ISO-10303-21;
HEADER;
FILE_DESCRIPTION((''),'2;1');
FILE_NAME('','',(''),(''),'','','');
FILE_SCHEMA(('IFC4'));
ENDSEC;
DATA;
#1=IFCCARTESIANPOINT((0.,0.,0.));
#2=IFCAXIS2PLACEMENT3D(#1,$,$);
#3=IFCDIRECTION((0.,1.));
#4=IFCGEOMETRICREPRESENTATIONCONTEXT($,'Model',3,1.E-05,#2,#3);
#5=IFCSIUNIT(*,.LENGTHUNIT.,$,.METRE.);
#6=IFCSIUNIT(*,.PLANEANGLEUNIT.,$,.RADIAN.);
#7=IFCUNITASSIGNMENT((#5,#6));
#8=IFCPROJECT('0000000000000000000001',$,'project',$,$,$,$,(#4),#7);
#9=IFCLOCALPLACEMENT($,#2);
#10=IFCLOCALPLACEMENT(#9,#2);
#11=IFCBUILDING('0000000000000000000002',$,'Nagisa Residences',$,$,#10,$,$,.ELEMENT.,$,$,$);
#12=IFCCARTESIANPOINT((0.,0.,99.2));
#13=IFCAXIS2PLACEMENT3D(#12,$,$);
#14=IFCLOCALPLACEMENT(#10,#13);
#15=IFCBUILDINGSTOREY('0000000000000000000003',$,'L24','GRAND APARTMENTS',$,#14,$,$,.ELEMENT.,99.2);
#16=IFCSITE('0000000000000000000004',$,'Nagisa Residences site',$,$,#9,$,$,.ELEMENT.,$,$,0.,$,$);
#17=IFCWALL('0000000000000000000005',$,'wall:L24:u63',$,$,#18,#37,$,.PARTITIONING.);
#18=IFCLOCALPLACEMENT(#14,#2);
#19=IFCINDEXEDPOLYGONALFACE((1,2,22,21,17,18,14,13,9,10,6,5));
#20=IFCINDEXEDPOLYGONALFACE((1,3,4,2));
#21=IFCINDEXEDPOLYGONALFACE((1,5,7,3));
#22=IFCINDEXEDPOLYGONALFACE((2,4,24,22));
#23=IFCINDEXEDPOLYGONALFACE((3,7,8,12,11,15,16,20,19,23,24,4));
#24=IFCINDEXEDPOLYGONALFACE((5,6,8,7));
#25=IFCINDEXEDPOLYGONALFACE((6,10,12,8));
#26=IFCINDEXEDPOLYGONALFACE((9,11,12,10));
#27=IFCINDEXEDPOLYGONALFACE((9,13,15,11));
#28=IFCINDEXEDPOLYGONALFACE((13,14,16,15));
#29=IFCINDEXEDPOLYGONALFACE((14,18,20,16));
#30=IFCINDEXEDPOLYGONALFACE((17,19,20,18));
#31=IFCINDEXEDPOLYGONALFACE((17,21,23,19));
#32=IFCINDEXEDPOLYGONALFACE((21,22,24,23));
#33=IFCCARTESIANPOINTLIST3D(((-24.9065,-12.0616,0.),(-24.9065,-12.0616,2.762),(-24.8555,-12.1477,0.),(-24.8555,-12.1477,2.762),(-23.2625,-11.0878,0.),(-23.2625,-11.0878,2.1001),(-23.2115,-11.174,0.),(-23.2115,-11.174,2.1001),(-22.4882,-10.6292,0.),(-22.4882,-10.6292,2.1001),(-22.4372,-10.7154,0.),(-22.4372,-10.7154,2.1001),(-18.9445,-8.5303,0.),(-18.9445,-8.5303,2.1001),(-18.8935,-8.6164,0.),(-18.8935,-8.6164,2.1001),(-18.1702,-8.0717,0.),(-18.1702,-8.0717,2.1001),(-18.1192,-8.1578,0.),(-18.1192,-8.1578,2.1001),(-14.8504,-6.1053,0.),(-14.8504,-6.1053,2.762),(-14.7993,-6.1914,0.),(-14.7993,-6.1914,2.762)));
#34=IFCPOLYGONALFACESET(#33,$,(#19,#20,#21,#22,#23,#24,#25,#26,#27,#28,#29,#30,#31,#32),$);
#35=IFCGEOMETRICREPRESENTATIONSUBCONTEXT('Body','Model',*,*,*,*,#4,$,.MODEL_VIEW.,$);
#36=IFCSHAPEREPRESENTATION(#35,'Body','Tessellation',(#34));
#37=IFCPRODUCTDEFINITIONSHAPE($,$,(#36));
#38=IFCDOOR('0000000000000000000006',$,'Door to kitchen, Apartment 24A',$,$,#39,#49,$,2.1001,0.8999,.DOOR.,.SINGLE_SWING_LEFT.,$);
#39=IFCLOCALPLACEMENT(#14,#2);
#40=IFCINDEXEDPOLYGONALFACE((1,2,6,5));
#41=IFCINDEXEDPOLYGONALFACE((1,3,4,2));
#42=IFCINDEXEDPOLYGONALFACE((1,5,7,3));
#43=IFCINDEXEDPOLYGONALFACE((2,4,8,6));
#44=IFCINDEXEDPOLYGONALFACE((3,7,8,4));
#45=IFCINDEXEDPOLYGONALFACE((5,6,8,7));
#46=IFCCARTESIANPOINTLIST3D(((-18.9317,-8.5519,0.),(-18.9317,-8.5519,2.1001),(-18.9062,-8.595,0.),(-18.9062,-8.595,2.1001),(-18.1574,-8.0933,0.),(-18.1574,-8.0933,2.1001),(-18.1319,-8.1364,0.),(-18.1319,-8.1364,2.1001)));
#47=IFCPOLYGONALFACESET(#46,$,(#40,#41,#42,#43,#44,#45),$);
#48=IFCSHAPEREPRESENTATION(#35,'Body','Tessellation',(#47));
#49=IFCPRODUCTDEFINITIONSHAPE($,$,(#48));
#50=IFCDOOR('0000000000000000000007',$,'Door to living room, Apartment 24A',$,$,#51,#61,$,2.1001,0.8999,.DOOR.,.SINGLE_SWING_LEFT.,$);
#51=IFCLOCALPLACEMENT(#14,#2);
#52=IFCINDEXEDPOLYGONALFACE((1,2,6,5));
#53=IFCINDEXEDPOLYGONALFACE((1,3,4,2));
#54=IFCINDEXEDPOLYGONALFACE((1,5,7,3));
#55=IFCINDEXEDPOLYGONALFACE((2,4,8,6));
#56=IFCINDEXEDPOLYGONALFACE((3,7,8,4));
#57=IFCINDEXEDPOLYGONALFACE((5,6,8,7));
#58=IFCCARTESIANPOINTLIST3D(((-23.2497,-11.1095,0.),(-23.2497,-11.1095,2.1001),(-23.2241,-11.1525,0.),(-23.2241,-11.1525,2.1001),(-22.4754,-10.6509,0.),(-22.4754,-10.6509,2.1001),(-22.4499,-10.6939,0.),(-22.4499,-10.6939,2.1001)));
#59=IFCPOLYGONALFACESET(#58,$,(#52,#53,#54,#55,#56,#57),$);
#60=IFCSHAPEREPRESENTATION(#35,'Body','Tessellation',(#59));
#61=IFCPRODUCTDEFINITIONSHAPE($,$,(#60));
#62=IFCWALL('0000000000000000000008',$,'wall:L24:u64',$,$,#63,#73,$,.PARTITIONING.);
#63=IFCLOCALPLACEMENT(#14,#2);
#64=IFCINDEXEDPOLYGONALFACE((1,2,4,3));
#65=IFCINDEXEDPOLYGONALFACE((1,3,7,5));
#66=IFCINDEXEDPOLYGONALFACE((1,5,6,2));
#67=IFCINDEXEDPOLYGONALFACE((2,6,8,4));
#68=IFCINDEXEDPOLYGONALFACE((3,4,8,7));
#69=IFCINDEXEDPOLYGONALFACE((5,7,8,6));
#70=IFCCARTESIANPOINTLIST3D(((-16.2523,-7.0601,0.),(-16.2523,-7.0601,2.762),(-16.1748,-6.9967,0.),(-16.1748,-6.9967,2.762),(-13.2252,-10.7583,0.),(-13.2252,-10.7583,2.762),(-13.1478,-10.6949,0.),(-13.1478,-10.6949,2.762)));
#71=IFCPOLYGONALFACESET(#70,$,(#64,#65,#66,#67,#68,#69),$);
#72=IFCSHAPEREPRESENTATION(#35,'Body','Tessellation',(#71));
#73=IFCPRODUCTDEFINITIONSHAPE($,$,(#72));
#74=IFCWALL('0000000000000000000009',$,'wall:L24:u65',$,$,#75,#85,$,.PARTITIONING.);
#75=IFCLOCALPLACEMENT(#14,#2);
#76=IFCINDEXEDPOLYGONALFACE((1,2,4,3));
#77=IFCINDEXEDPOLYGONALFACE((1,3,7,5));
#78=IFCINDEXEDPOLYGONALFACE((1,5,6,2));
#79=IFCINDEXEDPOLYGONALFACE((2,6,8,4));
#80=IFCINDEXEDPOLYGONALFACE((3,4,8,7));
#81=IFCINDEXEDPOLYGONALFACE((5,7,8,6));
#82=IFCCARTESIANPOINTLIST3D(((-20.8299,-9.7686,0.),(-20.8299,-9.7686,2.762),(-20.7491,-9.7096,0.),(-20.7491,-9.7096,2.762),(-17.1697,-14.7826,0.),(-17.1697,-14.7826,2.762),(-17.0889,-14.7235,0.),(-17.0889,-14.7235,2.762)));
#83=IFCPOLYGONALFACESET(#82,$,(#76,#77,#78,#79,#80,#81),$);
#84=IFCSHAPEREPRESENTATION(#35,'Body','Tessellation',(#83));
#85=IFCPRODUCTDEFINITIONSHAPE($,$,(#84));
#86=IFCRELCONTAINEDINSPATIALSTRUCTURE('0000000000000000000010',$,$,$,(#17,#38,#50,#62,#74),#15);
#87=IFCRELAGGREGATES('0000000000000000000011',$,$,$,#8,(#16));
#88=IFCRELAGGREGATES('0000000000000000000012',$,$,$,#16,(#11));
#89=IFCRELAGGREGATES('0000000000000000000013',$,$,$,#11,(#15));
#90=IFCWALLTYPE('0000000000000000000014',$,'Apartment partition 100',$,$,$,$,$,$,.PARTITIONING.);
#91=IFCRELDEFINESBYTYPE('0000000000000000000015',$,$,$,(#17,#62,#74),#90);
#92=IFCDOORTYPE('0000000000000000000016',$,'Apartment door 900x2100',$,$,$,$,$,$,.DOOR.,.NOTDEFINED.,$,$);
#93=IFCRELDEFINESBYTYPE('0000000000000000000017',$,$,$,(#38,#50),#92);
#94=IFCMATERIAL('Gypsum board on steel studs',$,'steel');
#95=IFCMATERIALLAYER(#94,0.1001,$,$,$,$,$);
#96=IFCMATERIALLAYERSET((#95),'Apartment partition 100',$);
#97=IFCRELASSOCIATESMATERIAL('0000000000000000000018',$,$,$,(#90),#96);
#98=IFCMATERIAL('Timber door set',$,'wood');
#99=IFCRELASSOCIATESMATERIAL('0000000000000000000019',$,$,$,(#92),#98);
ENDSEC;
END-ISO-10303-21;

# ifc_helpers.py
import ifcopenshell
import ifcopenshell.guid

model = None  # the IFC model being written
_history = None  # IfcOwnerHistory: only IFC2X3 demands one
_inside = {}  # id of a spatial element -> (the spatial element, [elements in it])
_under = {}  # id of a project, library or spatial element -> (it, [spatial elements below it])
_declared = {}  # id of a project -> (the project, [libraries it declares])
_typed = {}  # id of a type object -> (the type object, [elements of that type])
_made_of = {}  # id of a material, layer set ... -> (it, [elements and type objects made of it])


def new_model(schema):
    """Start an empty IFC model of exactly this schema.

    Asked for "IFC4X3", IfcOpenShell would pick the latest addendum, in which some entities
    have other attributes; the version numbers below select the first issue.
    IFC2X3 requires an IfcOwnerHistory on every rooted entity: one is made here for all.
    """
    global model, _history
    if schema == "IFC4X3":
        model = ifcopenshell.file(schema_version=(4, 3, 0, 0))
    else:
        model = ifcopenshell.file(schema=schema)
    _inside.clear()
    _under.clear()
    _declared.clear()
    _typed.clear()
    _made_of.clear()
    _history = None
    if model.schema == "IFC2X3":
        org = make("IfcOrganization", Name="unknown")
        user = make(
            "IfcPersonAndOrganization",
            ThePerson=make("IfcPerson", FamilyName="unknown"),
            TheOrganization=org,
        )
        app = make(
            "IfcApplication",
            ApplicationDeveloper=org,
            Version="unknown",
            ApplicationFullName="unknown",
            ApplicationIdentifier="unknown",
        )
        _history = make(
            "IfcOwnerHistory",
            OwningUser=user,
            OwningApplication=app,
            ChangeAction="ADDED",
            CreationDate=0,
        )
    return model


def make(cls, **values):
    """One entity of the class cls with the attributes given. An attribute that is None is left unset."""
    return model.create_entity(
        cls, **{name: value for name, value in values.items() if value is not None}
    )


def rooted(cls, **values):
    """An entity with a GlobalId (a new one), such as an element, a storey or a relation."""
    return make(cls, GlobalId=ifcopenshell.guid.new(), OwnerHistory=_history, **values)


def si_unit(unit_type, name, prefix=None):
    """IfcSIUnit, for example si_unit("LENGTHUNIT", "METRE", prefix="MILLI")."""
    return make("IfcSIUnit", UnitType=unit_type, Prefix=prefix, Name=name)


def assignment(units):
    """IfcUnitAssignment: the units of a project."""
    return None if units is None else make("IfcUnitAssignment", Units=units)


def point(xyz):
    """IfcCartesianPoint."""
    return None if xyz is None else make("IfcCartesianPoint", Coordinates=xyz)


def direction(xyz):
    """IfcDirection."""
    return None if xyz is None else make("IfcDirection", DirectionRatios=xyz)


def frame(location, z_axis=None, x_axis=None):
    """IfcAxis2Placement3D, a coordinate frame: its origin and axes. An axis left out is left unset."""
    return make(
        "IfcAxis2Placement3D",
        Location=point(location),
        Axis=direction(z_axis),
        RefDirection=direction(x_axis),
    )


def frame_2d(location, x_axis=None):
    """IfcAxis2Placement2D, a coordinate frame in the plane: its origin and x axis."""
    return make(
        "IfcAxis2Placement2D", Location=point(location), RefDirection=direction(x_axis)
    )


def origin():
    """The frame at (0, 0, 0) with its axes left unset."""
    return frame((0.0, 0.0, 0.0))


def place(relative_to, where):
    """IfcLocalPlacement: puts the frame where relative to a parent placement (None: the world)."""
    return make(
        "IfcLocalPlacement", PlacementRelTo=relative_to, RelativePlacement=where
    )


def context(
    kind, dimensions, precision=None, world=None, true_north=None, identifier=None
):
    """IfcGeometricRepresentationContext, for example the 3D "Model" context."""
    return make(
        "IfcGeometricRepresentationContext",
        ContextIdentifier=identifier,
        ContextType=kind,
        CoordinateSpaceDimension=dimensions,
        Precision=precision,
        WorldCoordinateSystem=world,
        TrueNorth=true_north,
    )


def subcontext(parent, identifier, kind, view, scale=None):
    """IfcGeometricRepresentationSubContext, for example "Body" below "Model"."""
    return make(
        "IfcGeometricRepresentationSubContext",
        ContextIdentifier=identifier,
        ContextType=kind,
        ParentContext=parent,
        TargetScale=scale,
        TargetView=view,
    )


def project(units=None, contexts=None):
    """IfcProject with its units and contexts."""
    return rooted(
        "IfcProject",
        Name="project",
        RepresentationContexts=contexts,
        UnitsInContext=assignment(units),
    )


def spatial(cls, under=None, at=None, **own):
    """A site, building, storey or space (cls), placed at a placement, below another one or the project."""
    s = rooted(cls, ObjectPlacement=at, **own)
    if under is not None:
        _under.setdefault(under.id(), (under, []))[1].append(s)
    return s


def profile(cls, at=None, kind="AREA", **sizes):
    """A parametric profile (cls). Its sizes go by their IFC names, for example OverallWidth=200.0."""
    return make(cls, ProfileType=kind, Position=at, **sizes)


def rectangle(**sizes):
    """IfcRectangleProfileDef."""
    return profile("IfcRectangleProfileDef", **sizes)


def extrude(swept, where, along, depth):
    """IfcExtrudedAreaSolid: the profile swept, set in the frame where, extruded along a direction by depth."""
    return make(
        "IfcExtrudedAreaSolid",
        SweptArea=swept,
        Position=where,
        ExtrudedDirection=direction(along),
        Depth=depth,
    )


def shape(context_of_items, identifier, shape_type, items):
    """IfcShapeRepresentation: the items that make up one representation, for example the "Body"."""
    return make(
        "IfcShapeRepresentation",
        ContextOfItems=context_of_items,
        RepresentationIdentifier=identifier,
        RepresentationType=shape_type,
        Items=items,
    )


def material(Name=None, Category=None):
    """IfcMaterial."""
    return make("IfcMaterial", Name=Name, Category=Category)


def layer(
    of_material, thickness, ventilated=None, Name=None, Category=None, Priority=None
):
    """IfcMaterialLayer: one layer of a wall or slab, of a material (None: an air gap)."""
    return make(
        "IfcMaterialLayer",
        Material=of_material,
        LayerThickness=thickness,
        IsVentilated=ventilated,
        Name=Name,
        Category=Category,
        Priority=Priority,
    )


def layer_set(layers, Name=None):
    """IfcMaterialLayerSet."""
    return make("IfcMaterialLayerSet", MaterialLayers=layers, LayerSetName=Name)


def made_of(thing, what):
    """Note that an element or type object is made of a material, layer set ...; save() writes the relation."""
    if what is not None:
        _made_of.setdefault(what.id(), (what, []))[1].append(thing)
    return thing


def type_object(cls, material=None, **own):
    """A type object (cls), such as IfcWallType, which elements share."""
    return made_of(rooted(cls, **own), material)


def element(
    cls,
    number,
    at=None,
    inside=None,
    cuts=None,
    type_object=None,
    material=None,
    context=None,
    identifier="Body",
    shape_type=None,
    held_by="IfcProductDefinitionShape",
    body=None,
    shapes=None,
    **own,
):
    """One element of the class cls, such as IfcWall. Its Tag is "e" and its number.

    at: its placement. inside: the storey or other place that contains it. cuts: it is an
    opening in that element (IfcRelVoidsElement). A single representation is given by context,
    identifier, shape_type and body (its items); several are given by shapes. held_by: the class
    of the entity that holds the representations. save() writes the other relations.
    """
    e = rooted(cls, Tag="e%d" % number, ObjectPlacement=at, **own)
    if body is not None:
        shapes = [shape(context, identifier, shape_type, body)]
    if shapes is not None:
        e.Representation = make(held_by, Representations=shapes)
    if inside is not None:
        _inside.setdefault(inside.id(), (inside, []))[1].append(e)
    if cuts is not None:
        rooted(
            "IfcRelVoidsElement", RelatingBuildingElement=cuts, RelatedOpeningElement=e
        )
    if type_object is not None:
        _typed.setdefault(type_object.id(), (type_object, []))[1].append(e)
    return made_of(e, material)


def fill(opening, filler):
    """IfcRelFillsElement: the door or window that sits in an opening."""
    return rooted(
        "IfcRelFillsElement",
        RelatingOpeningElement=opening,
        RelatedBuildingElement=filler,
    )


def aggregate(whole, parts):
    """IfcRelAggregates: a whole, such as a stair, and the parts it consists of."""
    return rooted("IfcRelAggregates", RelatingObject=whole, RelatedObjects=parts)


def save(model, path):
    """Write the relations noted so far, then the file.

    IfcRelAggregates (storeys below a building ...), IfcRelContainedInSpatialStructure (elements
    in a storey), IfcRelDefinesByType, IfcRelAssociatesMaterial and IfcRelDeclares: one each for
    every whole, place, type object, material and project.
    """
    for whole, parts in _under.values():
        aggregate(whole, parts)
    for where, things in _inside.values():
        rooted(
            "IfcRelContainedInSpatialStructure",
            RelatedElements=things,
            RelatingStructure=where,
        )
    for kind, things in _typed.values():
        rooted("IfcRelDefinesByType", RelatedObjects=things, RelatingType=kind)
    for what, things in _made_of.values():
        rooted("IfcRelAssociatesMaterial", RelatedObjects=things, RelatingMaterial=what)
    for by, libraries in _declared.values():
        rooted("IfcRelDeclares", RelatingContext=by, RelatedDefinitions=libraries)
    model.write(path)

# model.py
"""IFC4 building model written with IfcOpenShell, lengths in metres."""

from ifc_helpers import new_model, si_unit, direction, frame, frame_2d, origin, place, context, subcontext, project, spatial, rectangle, extrude, material, layer, layer_set, type_object, element, fill, save


model = new_model("IFC4")

# Units and contexts
model_context = context("Model", 3, precision=1e-05, world=origin(), true_north=direction((0.0, 1.0)))
body_context = subcontext(model_context, "Body", "Model", "MODEL_VIEW")
ifc_project = project(units=[si_unit("LENGTHUNIT", "METRE"), si_unit("PLANEANGLEUNIT", "RADIAN")], contexts=[model_context])

# Site, building, storey
site_placement = place(None, origin())
site = spatial("IfcSite", under=ifc_project, at=site_placement, Name="Nagisa Residences site", CompositionType="ELEMENT", RefElevation=0.0)
building_placement = place(site_placement, origin())
building = spatial("IfcBuilding", under=site, at=building_placement, Name="Nagisa Residences", CompositionType="ELEMENT")
storey_placement = place(building_placement, frame((0.0, 0.0, 99.2)))
storey = spatial("IfcBuildingStorey", under=building, at=storey_placement, Name="L24", Description="GRAND APARTMENTS", CompositionType="ELEMENT", Elevation=99.2)

# Shared definitions
ifc_material_1 = material(Name="Gypsum board on steel studs", Category="steel")
ifc_layer_1 = layer(ifc_material_1, 0.1001)
ifc_layer_set_1 = layer_set([ifc_layer_1], Name="Apartment partition 100")
wall_type_1 = type_object("IfcWallType", Name="Apartment partition 100", PredefinedType="PARTITIONING", material=ifc_layer_set_1)

# Shared definitions
ifc_material_2 = material(Name="Timber door set", Category="wood")
door_type_1 = type_object("IfcDoorType", Name="Apartment door 900x2100", OperationType="NOTDEFINED", PredefinedType="DOOR", material=ifc_material_2)

# Wall, openings, doors
wall_1_placement = place(storey_placement, frame((-14.825, -6.1484, 0.0), z_axis=(0.0, 0.0, 1.0), x_axis=(-0.8604, -0.509619, 0.0)))
wall_1 = element("IfcWall", 1, at=wall_1_placement, inside=storey, type_object=wall_type_1, Name="wall:L24:u63", PredefinedType="PARTITIONING", context=body_context, shape_type="SweptSolid", body=[
    extrude(rectangle(XDim=11.6877, YDim=0.1001, at=frame_2d((5.8438, 0.0))), origin(), (0.0, 0.0, 1.0), 2.762),
])
opening_1_placement = place(wall_1_placement, frame((3.8584, 0.0, 0.0)))
opening_1 = element("IfcOpeningElement", 2, at=opening_1_placement, cuts=wall_1, PredefinedType="OPENING", context=body_context, shape_type="SweptSolid", body=[
    extrude(rectangle(XDim=0.8999, YDim=2.1001, at=frame_2d((0.45, 1.05))), frame((0.0, 0.0601, 0.0), z_axis=(0.0, -1.0, 0.0), x_axis=(1.0, 0.0, 0.0)), (0.0, 0.0, 1.0), 0.1201),
])
opening_2_placement = place(wall_1_placement, frame((8.877, 0.0, 0.0)))
opening_2 = element("IfcOpeningElement", 3, at=opening_2_placement, cuts=wall_1, PredefinedType="OPENING", context=body_context, shape_type="SweptSolid", body=[
    extrude(rectangle(XDim=0.8999, YDim=2.1001, at=frame_2d((0.45, 1.05))), frame((0.0, 0.0601, 0.0), z_axis=(0.0, -1.0, 0.0), x_axis=(1.0, 0.0, 0.0)), (0.0, 0.0, 1.0), 0.1201),
])
door_1_placement = place(opening_1_placement, frame((0.8999, 0.0, 0.0), x_axis=(-1.0, 0.0, 0.0)))
door_1 = element("IfcDoor", 4, at=door_1_placement, inside=storey, type_object=door_type_1, Name="Door to kitchen, Apartment 24A", OperationType="SINGLE_SWING_LEFT", OverallHeight=2.1001, OverallWidth=0.8999, PredefinedType="DOOR", context=body_context, shape_type="SweptSolid", body=[
    extrude(rectangle(XDim=0.8999, YDim=2.1001, at=frame_2d((0.45, 1.05))), frame((0.0, 0.0249, 0.0), z_axis=(0.0, -1.0, 0.0), x_axis=(1.0, 0.0, 0.0)), (0.0, 0.0, 1.0), 0.05),
])
fill(opening_1, door_1)
door_2_placement = place(opening_2_placement, frame((0.8999, 0.0, 0.0), x_axis=(-1.0, 0.0, 0.0)))
door_2 = element("IfcDoor", 5, at=door_2_placement, inside=storey, type_object=door_type_1, Name="Door to living room, Apartment 24A", OperationType="SINGLE_SWING_LEFT", OverallHeight=2.1001, OverallWidth=0.8999, PredefinedType="DOOR", context=body_context, shape_type="SweptSolid", body=[
    extrude(rectangle(XDim=0.8999, YDim=2.1001, at=frame_2d((0.45, 1.05))), frame((0.0, 0.0249, 0.0), z_axis=(0.0, -1.0, 0.0), x_axis=(1.0, 0.0, 0.0)), (0.0, 0.0, 1.0), 0.05),
])
fill(opening_2, door_2)

# Walls
wall_2_placement = place(storey_placement, frame((-16.2136, -7.0283, 0.0), z_axis=(0.0, 0.0, 1.0), x_axis=(0.633396, -0.773828, 0.0)))
element("IfcWall", 6, at=wall_2_placement, inside=storey, type_object=wall_type_1, Name="wall:L24:u64", PredefinedType="PARTITIONING", context=body_context, shape_type="SweptSolid", body=[
    extrude(rectangle(XDim=4.7791, YDim=0.1001, at=frame_2d((2.3896, 0.0))), origin(), (0.0, 0.0, 1.0), 2.762),
])
wall_3_placement = place(storey_placement, frame((-20.7896, -9.739, 0.0), z_axis=(0.0, 0.0, 1.0), x_axis=(0.589611, -0.807687, 0.0)))
element("IfcWall", 7, at=wall_3_placement, inside=storey, type_object=wall_type_1, Name="wall:L24:u65", PredefinedType="PARTITIONING", context=body_context, shape_type="SweptSolid", body=[
    extrude(rectangle(XDim=6.2078, YDim=0.1001, at=frame_2d((3.104, 0.0))), origin(), (0.0, 0.0, 1.0), 2.762),
])

save(model, "model.ifc")
